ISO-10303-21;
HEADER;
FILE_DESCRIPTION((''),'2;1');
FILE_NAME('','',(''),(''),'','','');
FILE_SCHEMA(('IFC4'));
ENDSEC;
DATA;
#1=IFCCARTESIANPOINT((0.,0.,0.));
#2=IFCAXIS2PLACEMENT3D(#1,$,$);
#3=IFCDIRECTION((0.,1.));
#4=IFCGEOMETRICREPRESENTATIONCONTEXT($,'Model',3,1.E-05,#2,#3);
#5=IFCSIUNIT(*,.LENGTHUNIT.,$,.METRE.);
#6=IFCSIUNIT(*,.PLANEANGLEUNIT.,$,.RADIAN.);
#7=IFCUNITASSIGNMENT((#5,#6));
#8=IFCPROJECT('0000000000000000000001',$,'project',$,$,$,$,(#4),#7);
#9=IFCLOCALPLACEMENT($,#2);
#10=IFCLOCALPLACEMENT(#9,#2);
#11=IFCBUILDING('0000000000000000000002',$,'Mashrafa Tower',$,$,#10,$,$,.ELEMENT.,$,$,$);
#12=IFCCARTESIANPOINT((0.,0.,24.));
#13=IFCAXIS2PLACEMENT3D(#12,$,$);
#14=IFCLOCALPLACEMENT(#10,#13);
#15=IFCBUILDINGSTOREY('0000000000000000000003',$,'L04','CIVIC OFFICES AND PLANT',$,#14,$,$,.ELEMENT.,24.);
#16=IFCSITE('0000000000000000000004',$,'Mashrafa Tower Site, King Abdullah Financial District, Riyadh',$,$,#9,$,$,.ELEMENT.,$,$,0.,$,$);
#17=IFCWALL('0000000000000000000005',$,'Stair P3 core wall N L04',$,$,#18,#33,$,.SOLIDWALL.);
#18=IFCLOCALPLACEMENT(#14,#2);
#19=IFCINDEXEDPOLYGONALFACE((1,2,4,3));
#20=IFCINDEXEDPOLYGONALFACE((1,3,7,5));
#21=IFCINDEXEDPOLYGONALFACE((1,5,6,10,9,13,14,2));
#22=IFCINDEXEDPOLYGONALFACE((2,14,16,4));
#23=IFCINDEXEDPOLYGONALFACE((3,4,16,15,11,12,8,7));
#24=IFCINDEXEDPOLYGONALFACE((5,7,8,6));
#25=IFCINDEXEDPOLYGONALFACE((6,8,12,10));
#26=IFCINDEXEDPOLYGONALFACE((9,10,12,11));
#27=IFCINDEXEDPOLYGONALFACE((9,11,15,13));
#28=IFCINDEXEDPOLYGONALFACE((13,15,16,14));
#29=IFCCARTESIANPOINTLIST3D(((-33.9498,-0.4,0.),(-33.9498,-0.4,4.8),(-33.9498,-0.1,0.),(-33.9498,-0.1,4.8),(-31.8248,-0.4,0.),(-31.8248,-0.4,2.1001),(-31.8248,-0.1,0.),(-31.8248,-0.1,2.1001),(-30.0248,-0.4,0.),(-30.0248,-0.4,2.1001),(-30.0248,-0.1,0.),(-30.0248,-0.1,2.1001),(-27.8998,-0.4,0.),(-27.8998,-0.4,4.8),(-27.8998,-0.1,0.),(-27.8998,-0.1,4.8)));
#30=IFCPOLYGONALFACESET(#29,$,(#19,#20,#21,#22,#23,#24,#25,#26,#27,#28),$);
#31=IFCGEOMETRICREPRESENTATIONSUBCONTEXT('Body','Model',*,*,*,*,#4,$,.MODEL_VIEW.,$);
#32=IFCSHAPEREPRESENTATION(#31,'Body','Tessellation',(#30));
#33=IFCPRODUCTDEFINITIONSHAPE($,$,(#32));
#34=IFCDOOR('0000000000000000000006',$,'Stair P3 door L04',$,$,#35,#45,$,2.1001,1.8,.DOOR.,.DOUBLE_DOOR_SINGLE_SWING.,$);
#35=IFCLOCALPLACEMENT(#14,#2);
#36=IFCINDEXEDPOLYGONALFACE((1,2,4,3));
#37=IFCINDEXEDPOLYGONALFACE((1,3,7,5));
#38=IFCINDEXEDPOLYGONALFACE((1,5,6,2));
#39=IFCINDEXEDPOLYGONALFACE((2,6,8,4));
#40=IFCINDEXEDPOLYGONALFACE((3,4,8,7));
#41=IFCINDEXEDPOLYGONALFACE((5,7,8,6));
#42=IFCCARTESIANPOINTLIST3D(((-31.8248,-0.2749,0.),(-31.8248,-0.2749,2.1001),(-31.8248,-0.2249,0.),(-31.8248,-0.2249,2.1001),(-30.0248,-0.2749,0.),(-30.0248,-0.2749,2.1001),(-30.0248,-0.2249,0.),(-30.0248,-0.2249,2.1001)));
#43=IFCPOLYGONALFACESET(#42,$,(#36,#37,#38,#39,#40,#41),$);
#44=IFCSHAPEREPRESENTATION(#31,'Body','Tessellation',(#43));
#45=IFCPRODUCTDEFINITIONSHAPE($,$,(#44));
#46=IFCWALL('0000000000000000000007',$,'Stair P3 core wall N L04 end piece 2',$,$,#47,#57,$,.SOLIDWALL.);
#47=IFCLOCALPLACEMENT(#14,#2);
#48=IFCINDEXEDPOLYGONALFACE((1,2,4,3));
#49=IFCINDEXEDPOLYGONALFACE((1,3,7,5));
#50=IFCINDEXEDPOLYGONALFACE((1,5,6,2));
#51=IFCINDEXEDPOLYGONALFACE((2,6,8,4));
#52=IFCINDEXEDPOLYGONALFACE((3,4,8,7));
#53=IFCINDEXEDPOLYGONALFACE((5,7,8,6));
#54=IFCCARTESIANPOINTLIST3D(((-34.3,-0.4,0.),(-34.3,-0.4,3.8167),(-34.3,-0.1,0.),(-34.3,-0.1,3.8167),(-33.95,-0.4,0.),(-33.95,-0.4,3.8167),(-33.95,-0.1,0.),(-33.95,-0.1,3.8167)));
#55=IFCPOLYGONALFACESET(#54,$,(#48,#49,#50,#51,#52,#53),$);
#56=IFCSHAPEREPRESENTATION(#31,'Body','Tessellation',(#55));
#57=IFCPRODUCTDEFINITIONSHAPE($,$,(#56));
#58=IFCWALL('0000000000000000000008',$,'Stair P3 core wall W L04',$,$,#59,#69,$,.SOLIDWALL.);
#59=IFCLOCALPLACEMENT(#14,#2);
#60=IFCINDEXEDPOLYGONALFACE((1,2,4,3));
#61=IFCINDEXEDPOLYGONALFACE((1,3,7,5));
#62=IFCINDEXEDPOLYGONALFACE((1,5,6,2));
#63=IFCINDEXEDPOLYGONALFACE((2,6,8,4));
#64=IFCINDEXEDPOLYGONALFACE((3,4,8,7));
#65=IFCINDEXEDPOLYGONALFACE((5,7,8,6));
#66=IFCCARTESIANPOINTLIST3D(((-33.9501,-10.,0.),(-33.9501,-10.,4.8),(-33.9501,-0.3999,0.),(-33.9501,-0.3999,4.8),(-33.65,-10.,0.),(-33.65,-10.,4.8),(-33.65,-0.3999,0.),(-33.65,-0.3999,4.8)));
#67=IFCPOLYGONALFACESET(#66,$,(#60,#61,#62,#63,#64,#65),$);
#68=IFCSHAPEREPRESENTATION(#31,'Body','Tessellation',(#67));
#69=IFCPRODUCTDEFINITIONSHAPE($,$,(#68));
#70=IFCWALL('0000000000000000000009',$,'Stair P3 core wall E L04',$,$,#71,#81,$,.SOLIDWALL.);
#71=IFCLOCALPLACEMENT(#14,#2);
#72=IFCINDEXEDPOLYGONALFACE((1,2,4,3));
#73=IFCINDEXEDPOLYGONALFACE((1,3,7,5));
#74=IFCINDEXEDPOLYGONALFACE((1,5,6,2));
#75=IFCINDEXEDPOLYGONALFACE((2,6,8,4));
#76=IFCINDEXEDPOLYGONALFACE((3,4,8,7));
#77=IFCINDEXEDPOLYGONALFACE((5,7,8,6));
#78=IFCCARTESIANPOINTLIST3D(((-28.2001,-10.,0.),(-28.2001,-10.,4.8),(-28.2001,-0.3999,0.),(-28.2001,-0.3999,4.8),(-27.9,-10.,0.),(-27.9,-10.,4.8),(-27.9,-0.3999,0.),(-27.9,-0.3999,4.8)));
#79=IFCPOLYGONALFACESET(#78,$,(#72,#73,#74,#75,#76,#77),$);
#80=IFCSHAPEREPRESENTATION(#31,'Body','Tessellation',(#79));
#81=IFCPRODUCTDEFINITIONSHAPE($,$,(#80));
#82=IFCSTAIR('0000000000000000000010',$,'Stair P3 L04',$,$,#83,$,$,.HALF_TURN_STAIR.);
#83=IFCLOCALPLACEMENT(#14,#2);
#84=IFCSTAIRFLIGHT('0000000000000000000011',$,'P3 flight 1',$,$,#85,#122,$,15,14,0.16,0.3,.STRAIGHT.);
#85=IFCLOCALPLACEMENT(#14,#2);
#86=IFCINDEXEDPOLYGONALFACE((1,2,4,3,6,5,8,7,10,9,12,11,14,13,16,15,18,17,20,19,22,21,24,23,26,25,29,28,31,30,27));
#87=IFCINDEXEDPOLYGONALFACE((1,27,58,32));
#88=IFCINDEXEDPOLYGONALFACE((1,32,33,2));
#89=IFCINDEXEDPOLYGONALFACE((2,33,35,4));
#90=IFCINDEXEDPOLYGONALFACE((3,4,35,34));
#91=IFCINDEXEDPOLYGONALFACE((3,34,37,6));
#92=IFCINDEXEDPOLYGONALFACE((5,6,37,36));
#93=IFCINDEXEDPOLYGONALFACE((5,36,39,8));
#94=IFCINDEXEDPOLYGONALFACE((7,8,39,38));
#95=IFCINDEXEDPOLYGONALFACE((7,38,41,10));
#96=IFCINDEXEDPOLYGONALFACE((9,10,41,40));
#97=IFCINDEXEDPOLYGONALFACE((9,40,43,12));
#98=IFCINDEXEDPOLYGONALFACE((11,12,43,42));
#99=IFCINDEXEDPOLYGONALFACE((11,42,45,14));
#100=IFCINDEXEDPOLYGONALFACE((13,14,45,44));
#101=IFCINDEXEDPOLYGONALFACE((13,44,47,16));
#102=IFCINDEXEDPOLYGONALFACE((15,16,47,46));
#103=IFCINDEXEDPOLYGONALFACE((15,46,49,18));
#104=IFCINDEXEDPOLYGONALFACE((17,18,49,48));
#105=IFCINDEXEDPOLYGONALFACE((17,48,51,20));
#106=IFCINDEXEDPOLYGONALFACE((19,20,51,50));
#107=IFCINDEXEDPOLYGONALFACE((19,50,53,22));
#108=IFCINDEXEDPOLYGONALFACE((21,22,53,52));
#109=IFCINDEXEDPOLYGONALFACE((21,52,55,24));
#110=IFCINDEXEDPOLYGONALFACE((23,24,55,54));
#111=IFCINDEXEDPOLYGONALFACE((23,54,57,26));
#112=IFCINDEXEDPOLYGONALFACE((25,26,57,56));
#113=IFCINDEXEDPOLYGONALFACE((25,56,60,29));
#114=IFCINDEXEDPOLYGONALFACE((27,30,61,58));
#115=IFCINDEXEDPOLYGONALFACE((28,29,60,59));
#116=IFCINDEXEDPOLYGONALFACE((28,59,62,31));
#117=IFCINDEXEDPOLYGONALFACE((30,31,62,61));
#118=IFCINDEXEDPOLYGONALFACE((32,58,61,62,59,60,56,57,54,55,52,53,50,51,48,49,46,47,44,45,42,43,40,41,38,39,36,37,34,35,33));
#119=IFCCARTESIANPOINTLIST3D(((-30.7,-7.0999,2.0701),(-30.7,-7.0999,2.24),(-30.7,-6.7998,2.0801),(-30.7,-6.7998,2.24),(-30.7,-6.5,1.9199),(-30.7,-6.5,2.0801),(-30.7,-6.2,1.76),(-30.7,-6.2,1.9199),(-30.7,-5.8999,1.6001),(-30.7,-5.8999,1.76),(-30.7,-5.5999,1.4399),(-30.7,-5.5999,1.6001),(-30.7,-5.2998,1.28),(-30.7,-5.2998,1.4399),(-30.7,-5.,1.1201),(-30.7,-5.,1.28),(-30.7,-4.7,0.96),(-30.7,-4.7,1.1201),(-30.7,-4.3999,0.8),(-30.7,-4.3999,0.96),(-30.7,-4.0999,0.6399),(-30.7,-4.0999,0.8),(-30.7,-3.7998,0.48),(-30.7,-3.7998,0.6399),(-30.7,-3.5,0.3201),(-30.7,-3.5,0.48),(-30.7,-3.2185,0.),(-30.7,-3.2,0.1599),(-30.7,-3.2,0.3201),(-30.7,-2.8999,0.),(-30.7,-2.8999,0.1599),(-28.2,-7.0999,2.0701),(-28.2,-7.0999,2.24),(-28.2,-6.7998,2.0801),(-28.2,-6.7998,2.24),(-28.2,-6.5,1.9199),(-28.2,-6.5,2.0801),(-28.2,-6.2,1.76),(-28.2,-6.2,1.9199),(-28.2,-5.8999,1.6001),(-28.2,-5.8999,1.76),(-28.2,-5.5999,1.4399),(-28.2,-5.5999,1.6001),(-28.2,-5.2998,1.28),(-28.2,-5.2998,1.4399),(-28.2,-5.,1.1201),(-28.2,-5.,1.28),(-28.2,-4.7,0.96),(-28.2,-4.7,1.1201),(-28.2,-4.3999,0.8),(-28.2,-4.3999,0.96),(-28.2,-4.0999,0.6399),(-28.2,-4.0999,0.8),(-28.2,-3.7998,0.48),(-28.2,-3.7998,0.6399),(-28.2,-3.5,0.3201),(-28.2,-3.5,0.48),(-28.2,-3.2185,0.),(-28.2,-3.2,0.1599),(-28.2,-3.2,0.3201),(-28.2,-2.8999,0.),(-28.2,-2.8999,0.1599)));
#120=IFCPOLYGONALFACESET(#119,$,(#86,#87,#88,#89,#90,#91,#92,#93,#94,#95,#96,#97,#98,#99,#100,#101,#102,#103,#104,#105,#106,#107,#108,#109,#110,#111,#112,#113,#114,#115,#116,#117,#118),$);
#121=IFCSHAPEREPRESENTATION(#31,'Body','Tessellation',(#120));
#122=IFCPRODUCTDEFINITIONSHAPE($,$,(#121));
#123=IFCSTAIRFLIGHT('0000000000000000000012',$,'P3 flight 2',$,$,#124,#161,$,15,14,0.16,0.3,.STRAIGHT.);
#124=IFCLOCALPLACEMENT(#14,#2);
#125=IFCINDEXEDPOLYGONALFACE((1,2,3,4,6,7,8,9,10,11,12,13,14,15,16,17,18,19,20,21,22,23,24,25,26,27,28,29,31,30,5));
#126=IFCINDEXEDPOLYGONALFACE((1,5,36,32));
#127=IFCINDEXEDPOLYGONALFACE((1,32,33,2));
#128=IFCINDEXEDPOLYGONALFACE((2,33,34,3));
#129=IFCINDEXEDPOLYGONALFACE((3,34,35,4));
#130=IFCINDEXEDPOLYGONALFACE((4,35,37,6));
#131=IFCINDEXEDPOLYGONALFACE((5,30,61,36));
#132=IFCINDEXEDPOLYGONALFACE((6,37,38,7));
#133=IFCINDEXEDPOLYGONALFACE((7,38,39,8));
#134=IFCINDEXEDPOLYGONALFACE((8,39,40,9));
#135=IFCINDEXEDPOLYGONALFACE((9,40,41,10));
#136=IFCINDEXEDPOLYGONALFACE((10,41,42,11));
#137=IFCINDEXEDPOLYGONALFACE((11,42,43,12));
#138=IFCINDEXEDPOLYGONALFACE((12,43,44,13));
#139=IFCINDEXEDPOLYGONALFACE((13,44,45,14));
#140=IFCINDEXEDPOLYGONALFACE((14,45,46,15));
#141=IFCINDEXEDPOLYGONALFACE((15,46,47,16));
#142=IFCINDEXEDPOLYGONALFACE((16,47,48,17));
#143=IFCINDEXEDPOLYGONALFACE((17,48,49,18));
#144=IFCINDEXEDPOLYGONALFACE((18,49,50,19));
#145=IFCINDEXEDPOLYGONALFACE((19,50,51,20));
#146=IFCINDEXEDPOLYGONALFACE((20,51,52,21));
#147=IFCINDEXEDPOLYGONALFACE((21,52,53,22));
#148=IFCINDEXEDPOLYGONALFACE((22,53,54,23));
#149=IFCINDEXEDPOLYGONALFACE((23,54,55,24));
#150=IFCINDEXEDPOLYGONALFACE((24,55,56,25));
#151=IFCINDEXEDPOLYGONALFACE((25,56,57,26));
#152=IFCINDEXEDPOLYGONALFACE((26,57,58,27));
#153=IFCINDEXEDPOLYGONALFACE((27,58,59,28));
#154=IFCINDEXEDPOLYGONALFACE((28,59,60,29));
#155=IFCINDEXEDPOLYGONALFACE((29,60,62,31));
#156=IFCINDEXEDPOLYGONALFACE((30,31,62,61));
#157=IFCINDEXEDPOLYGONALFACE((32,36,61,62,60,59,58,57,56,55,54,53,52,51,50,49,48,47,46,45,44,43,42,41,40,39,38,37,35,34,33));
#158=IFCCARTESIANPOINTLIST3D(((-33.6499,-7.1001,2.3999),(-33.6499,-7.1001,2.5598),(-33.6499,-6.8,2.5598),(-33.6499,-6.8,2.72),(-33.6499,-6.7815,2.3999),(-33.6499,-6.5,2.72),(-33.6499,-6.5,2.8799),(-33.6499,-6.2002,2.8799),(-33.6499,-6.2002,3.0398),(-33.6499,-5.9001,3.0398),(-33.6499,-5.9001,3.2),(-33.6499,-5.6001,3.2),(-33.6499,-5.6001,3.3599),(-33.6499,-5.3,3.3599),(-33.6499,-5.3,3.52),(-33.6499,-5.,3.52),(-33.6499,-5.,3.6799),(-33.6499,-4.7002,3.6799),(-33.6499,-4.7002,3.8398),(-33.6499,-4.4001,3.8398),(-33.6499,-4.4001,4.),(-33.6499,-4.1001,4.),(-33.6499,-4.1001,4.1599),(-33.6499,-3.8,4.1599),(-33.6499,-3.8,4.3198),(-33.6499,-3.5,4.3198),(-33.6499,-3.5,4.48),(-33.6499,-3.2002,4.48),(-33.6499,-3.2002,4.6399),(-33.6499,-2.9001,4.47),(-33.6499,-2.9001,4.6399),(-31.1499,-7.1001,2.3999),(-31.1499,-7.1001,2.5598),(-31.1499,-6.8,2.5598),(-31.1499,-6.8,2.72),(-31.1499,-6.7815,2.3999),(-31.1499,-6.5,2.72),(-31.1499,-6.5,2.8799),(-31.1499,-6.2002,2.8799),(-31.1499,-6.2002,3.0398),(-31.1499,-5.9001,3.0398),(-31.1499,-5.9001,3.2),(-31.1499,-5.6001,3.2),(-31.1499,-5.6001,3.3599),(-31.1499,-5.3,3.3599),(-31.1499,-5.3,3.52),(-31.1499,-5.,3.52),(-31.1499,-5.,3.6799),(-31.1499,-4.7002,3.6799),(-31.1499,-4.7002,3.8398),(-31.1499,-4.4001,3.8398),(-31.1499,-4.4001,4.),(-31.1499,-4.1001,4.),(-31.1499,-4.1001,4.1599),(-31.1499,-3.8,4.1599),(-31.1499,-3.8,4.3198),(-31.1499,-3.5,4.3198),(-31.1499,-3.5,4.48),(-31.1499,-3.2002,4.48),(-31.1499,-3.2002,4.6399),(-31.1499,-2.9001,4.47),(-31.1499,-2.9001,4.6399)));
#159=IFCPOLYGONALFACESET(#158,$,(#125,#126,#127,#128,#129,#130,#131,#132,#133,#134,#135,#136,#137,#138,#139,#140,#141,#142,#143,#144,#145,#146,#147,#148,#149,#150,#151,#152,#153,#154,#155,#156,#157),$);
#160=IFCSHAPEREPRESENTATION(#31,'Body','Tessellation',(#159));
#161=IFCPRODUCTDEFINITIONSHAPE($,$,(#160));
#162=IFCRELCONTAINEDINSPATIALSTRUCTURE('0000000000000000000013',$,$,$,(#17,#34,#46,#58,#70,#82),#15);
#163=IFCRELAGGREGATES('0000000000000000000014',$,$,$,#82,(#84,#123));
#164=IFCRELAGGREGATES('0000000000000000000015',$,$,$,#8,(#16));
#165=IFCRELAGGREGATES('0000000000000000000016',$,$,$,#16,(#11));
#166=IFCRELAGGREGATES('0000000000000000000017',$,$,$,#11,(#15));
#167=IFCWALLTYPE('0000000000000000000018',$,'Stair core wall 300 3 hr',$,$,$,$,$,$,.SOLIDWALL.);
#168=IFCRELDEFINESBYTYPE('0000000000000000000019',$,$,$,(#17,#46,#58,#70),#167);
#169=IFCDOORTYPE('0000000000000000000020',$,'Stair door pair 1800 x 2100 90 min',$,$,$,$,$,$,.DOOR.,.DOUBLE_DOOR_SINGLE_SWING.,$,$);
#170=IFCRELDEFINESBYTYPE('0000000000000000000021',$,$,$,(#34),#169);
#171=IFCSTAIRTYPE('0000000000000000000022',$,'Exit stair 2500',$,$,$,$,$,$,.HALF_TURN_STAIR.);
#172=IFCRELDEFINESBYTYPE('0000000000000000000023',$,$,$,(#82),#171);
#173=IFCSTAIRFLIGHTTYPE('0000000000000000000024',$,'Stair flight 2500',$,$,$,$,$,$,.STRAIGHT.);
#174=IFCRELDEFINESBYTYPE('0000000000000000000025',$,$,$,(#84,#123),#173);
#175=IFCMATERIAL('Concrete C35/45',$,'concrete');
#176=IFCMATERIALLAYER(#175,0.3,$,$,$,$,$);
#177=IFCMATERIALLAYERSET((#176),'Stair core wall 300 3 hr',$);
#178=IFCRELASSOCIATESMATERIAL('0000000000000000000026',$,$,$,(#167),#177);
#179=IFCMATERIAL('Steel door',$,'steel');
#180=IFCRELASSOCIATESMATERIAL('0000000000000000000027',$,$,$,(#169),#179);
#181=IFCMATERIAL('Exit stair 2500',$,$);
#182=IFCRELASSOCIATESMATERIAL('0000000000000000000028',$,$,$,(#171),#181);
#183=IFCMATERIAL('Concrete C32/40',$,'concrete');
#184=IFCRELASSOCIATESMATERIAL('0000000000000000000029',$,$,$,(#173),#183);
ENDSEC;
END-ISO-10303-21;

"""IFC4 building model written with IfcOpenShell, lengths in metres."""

from ifc_helpers import new_model, si_unit, direction, frame, frame_2d, origin, place, context, subcontext, project, spatial, polyline, rectangle, outline, extrude, material, layer, layer_set, type_object, element, fill, aggregate, save


model = new_model("IFC4")

# Units and contexts
model_context = context("Model", 3, precision=1e-05, world=origin(), true_north=direction((0.0, 1.0)))
body_context = subcontext(model_context, "Body", "Model", "MODEL_VIEW")
ifc_project = project(units=[si_unit("LENGTHUNIT", "METRE"), si_unit("PLANEANGLEUNIT", "RADIAN")], contexts=[model_context])

# Site, building, storey
site_placement = place(None, origin())
site = spatial("IfcSite", under=ifc_project, at=site_placement, Name="Mashrafa Tower Site, King Abdullah Financial District, Riyadh", CompositionType="ELEMENT", RefElevation=0.0)
building_placement = place(site_placement, origin())
building = spatial("IfcBuilding", under=site, at=building_placement, Name="Mashrafa Tower", CompositionType="ELEMENT")
storey_placement = place(building_placement, frame((0.0, 0.0, 24.0)))
storey = spatial("IfcBuildingStorey", under=building, at=storey_placement, Name="L04", Description="CIVIC OFFICES AND PLANT", CompositionType="ELEMENT", Elevation=24.0)

# Shared definitions
ifc_material_1 = material(Name="Concrete C35/45", Category="concrete")
ifc_layer = layer(ifc_material_1, 0.3)
ifc_layer_set = layer_set([ifc_layer], Name="Stair core wall 300 3 hr")
wall_type = type_object("IfcWallType", Name="Stair core wall 300 3 hr", PredefinedType="SOLIDWALL", material=ifc_layer_set)

# Wall, opening, door
wall_1_placement = place(storey_placement, frame((-27.8999, -0.25, 0.0), z_axis=(0.0, 0.0, 1.0), x_axis=(-1.0, 0.0, 0.0)))
wall_1 = element("IfcWall", 1, at=wall_1_placement, inside=storey, type_object=wall_type, Name="Stair P3 core wall N L04", PredefinedType="SOLIDWALL", context=body_context, shape_type="SweptSolid", body=[
    extrude(rectangle(XDim=6.05, YDim=0.3, at=frame_2d((3.0249, 0.0))), origin(), (0.0, 0.0, 1.0), 4.8),
])
opening_placement = place(wall_1_placement, frame((2.125, 0.0, 0.0)))
opening = element("IfcOpeningElement", 2, at=opening_placement, cuts=wall_1, PredefinedType="OPENING", context=body_context, shape_type="SweptSolid", body=[
    extrude(rectangle(XDim=1.8, YDim=2.1001, at=frame_2d((0.8999, 1.05))), frame((0.0, 0.1599, 0.0), z_axis=(0.0, -1.0, 0.0), x_axis=(1.0, 0.0, 0.0)), (0.0, 0.0, 1.0), 0.3201),
])
ifc_material_2 = material(Name="Steel door", Category="steel")
door_type = type_object("IfcDoorType", Name="Stair door pair 1800 x 2100 90 min", OperationType="DOUBLE_DOOR_SINGLE_SWING", PredefinedType="DOOR", material=ifc_material_2)
door_placement = place(opening_placement, origin())
door = element("IfcDoor", 3, at=door_placement, inside=storey, type_object=door_type, Name="Stair P3 door L04", OperationType="DOUBLE_DOOR_SINGLE_SWING", OverallHeight=2.1001, OverallWidth=1.8, PredefinedType="DOOR", context=body_context, shape_type="SweptSolid", body=[
    extrude(rectangle(XDim=1.8, YDim=2.1001, at=frame_2d((0.8999, 1.05))), frame((0.0, 0.0249, 0.0), z_axis=(0.0, -1.0, 0.0), x_axis=(1.0, 0.0, 0.0)), (0.0, 0.0, 1.0), 0.05),
])
fill(opening, door)

# Walls
wall_2_placement = place(storey_placement, frame((-33.95, -0.25, 0.0), z_axis=(0.0, 0.0, 1.0), x_axis=(-1.0, 0.0, 0.0)))
element("IfcWall", 4, at=wall_2_placement, inside=storey, type_object=wall_type, Name="Stair P3 core wall N L04 end piece 2", PredefinedType="SOLIDWALL", context=body_context, shape_type="SweptSolid", body=[
    extrude(rectangle(XDim=0.3501, YDim=0.3, at=frame_2d((0.175, 0.0))), origin(), (0.0, 0.0, 1.0), 3.8167),
])
for number, where, z_axis, x_axis, name in (
    (5, (-33.8, -0.3999, 0.0), (0.0, 0.0, 1.0), (0.0, -1.0, 0.0), "Stair P3 core wall W L04"),
    (6, (-28.05, -10.0, 0.0), (0.0, 0.0, 1.0), (0.0, 1.0, 0.0), "Stair P3 core wall E L04"),
):
    element("IfcWall", number, at=place(storey_placement, frame(where, z_axis=z_axis, x_axis=x_axis)), inside=storey, type_object=wall_type, Name=name, PredefinedType="SOLIDWALL", context=body_context, shape_type="SweptSolid", body=[
        extrude(rectangle(XDim=9.6001, YDim=0.3, at=frame_2d((4.8, 0.0))), origin(), (0.0, 0.0, 1.0), 4.8),
    ])

# Stair, stair flights
ifc_material_3 = material(Name="Exit stair 2500")
stair_type = type_object("IfcStairType", Name="Exit stair 2500", PredefinedType="HALF_TURN_STAIR", material=ifc_material_3)
stair_placement = place(storey_placement, origin())
stair = element("IfcStair", 7, at=stair_placement, inside=storey, type_object=stair_type, Name="Stair P3 L04", PredefinedType="HALF_TURN_STAIR")
ifc_material_4 = material(Name="Concrete C32/40", Category="concrete")
stair_flight_type = type_object("IfcStairFlightType", Name="Stair flight 2500", PredefinedType="STRAIGHT", material=ifc_material_4)
stair_flight_1_placement = place(storey_placement, frame((-29.45, -2.8999, 0.0), z_axis=(0.0, 0.0, 1.0), x_axis=(0.0, -1.0, 0.0)))
stair_flight_1 = element("IfcStairFlight", 8, at=stair_flight_1_placement, type_object=stair_flight_type, Name="P3 flight 1", NumberOfRisers=15, NumberOfTreads=14, PredefinedType="STRAIGHT", RiserHeight=0.16, TreadLength=0.3, context=body_context, shape_type="SweptSolid", body=[
    extrude(outline(polyline([(0.0, 0.0), (0.0, 0.1599), (0.3, 0.1599), (0.3, 0.3201), (0.6001, 0.3201), (0.6001, 0.48), (0.8999, 0.48), (0.8999, 0.6399), (1.2, 0.6399), (1.2, 0.8), (1.5, 0.8), (1.5, 0.96), (1.8, 0.96), (1.8, 1.1201), (2.1001, 1.1201), (2.1001, 1.28), (2.3999, 1.28), (2.3999, 1.4399), (2.7, 1.4399), (2.7, 1.6001), (3.0, 1.6001), (3.0, 1.76), (3.3, 1.76), (3.3, 1.9199), (3.6001, 1.9199), (3.6001, 2.0801), (3.8999, 2.0801), (3.8999, 2.24), (4.2, 2.24), (4.2, 2.3999), (4.2, 2.0701), (0.3186, 0.0), (0.0, 0.0)])), frame((0.0, 1.25, 0.0), z_axis=(0.0, -1.0, 0.0), x_axis=(1.0, 0.0, 0.0)), (0.0, 0.0, 1.0), 2.5),
])
stair_flight_2_placement = place(storey_placement, frame((-32.3999, -7.1001, 2.3999), z_axis=(0.0, 0.0, 1.0), x_axis=(0.0, 1.0, 0.0)))
stair_flight_2 = element("IfcStairFlight", 9, at=stair_flight_2_placement, type_object=stair_flight_type, Name="P3 flight 2", NumberOfRisers=15, NumberOfTreads=14, PredefinedType="STRAIGHT", RiserHeight=0.16, TreadLength=0.3, context=body_context, shape_type="SweptSolid", body=[
    extrude(outline(polyline([(0.0, 0.0), (0.0, 0.1599), (0.3, 0.1599), (0.3, 0.3201), (0.6001, 0.3201), (0.6001, 0.48), (0.8999, 0.48), (0.8999, 0.6399), (1.2, 0.6399), (1.2, 0.8), (1.5, 0.8), (1.5, 0.96), (1.8, 0.96), (1.8, 1.1201), (2.1001, 1.1201), (2.1001, 1.28), (2.3999, 1.28), (2.3999, 1.4399), (2.7, 1.4399), (2.7, 1.6001), (3.0, 1.6001), (3.0, 1.76), (3.3, 1.76), (3.3, 1.9199), (3.6001, 1.9199), (3.6001, 2.0801), (3.8999, 2.0801), (3.8999, 2.24), (4.2, 2.24), (4.2, 2.3999), (4.2, 2.0701), (0.3186, 0.0), (0.0, 0.0)])), frame((0.0, 1.25, 0.0), z_axis=(0.0, -1.0, 0.0), x_axis=(1.0, 0.0, 0.0)), (0.0, 0.0, 1.0), 2.5),
])
aggregate(stair, [stair_flight_1, stair_flight_2])

save(model, "model.ifc")
